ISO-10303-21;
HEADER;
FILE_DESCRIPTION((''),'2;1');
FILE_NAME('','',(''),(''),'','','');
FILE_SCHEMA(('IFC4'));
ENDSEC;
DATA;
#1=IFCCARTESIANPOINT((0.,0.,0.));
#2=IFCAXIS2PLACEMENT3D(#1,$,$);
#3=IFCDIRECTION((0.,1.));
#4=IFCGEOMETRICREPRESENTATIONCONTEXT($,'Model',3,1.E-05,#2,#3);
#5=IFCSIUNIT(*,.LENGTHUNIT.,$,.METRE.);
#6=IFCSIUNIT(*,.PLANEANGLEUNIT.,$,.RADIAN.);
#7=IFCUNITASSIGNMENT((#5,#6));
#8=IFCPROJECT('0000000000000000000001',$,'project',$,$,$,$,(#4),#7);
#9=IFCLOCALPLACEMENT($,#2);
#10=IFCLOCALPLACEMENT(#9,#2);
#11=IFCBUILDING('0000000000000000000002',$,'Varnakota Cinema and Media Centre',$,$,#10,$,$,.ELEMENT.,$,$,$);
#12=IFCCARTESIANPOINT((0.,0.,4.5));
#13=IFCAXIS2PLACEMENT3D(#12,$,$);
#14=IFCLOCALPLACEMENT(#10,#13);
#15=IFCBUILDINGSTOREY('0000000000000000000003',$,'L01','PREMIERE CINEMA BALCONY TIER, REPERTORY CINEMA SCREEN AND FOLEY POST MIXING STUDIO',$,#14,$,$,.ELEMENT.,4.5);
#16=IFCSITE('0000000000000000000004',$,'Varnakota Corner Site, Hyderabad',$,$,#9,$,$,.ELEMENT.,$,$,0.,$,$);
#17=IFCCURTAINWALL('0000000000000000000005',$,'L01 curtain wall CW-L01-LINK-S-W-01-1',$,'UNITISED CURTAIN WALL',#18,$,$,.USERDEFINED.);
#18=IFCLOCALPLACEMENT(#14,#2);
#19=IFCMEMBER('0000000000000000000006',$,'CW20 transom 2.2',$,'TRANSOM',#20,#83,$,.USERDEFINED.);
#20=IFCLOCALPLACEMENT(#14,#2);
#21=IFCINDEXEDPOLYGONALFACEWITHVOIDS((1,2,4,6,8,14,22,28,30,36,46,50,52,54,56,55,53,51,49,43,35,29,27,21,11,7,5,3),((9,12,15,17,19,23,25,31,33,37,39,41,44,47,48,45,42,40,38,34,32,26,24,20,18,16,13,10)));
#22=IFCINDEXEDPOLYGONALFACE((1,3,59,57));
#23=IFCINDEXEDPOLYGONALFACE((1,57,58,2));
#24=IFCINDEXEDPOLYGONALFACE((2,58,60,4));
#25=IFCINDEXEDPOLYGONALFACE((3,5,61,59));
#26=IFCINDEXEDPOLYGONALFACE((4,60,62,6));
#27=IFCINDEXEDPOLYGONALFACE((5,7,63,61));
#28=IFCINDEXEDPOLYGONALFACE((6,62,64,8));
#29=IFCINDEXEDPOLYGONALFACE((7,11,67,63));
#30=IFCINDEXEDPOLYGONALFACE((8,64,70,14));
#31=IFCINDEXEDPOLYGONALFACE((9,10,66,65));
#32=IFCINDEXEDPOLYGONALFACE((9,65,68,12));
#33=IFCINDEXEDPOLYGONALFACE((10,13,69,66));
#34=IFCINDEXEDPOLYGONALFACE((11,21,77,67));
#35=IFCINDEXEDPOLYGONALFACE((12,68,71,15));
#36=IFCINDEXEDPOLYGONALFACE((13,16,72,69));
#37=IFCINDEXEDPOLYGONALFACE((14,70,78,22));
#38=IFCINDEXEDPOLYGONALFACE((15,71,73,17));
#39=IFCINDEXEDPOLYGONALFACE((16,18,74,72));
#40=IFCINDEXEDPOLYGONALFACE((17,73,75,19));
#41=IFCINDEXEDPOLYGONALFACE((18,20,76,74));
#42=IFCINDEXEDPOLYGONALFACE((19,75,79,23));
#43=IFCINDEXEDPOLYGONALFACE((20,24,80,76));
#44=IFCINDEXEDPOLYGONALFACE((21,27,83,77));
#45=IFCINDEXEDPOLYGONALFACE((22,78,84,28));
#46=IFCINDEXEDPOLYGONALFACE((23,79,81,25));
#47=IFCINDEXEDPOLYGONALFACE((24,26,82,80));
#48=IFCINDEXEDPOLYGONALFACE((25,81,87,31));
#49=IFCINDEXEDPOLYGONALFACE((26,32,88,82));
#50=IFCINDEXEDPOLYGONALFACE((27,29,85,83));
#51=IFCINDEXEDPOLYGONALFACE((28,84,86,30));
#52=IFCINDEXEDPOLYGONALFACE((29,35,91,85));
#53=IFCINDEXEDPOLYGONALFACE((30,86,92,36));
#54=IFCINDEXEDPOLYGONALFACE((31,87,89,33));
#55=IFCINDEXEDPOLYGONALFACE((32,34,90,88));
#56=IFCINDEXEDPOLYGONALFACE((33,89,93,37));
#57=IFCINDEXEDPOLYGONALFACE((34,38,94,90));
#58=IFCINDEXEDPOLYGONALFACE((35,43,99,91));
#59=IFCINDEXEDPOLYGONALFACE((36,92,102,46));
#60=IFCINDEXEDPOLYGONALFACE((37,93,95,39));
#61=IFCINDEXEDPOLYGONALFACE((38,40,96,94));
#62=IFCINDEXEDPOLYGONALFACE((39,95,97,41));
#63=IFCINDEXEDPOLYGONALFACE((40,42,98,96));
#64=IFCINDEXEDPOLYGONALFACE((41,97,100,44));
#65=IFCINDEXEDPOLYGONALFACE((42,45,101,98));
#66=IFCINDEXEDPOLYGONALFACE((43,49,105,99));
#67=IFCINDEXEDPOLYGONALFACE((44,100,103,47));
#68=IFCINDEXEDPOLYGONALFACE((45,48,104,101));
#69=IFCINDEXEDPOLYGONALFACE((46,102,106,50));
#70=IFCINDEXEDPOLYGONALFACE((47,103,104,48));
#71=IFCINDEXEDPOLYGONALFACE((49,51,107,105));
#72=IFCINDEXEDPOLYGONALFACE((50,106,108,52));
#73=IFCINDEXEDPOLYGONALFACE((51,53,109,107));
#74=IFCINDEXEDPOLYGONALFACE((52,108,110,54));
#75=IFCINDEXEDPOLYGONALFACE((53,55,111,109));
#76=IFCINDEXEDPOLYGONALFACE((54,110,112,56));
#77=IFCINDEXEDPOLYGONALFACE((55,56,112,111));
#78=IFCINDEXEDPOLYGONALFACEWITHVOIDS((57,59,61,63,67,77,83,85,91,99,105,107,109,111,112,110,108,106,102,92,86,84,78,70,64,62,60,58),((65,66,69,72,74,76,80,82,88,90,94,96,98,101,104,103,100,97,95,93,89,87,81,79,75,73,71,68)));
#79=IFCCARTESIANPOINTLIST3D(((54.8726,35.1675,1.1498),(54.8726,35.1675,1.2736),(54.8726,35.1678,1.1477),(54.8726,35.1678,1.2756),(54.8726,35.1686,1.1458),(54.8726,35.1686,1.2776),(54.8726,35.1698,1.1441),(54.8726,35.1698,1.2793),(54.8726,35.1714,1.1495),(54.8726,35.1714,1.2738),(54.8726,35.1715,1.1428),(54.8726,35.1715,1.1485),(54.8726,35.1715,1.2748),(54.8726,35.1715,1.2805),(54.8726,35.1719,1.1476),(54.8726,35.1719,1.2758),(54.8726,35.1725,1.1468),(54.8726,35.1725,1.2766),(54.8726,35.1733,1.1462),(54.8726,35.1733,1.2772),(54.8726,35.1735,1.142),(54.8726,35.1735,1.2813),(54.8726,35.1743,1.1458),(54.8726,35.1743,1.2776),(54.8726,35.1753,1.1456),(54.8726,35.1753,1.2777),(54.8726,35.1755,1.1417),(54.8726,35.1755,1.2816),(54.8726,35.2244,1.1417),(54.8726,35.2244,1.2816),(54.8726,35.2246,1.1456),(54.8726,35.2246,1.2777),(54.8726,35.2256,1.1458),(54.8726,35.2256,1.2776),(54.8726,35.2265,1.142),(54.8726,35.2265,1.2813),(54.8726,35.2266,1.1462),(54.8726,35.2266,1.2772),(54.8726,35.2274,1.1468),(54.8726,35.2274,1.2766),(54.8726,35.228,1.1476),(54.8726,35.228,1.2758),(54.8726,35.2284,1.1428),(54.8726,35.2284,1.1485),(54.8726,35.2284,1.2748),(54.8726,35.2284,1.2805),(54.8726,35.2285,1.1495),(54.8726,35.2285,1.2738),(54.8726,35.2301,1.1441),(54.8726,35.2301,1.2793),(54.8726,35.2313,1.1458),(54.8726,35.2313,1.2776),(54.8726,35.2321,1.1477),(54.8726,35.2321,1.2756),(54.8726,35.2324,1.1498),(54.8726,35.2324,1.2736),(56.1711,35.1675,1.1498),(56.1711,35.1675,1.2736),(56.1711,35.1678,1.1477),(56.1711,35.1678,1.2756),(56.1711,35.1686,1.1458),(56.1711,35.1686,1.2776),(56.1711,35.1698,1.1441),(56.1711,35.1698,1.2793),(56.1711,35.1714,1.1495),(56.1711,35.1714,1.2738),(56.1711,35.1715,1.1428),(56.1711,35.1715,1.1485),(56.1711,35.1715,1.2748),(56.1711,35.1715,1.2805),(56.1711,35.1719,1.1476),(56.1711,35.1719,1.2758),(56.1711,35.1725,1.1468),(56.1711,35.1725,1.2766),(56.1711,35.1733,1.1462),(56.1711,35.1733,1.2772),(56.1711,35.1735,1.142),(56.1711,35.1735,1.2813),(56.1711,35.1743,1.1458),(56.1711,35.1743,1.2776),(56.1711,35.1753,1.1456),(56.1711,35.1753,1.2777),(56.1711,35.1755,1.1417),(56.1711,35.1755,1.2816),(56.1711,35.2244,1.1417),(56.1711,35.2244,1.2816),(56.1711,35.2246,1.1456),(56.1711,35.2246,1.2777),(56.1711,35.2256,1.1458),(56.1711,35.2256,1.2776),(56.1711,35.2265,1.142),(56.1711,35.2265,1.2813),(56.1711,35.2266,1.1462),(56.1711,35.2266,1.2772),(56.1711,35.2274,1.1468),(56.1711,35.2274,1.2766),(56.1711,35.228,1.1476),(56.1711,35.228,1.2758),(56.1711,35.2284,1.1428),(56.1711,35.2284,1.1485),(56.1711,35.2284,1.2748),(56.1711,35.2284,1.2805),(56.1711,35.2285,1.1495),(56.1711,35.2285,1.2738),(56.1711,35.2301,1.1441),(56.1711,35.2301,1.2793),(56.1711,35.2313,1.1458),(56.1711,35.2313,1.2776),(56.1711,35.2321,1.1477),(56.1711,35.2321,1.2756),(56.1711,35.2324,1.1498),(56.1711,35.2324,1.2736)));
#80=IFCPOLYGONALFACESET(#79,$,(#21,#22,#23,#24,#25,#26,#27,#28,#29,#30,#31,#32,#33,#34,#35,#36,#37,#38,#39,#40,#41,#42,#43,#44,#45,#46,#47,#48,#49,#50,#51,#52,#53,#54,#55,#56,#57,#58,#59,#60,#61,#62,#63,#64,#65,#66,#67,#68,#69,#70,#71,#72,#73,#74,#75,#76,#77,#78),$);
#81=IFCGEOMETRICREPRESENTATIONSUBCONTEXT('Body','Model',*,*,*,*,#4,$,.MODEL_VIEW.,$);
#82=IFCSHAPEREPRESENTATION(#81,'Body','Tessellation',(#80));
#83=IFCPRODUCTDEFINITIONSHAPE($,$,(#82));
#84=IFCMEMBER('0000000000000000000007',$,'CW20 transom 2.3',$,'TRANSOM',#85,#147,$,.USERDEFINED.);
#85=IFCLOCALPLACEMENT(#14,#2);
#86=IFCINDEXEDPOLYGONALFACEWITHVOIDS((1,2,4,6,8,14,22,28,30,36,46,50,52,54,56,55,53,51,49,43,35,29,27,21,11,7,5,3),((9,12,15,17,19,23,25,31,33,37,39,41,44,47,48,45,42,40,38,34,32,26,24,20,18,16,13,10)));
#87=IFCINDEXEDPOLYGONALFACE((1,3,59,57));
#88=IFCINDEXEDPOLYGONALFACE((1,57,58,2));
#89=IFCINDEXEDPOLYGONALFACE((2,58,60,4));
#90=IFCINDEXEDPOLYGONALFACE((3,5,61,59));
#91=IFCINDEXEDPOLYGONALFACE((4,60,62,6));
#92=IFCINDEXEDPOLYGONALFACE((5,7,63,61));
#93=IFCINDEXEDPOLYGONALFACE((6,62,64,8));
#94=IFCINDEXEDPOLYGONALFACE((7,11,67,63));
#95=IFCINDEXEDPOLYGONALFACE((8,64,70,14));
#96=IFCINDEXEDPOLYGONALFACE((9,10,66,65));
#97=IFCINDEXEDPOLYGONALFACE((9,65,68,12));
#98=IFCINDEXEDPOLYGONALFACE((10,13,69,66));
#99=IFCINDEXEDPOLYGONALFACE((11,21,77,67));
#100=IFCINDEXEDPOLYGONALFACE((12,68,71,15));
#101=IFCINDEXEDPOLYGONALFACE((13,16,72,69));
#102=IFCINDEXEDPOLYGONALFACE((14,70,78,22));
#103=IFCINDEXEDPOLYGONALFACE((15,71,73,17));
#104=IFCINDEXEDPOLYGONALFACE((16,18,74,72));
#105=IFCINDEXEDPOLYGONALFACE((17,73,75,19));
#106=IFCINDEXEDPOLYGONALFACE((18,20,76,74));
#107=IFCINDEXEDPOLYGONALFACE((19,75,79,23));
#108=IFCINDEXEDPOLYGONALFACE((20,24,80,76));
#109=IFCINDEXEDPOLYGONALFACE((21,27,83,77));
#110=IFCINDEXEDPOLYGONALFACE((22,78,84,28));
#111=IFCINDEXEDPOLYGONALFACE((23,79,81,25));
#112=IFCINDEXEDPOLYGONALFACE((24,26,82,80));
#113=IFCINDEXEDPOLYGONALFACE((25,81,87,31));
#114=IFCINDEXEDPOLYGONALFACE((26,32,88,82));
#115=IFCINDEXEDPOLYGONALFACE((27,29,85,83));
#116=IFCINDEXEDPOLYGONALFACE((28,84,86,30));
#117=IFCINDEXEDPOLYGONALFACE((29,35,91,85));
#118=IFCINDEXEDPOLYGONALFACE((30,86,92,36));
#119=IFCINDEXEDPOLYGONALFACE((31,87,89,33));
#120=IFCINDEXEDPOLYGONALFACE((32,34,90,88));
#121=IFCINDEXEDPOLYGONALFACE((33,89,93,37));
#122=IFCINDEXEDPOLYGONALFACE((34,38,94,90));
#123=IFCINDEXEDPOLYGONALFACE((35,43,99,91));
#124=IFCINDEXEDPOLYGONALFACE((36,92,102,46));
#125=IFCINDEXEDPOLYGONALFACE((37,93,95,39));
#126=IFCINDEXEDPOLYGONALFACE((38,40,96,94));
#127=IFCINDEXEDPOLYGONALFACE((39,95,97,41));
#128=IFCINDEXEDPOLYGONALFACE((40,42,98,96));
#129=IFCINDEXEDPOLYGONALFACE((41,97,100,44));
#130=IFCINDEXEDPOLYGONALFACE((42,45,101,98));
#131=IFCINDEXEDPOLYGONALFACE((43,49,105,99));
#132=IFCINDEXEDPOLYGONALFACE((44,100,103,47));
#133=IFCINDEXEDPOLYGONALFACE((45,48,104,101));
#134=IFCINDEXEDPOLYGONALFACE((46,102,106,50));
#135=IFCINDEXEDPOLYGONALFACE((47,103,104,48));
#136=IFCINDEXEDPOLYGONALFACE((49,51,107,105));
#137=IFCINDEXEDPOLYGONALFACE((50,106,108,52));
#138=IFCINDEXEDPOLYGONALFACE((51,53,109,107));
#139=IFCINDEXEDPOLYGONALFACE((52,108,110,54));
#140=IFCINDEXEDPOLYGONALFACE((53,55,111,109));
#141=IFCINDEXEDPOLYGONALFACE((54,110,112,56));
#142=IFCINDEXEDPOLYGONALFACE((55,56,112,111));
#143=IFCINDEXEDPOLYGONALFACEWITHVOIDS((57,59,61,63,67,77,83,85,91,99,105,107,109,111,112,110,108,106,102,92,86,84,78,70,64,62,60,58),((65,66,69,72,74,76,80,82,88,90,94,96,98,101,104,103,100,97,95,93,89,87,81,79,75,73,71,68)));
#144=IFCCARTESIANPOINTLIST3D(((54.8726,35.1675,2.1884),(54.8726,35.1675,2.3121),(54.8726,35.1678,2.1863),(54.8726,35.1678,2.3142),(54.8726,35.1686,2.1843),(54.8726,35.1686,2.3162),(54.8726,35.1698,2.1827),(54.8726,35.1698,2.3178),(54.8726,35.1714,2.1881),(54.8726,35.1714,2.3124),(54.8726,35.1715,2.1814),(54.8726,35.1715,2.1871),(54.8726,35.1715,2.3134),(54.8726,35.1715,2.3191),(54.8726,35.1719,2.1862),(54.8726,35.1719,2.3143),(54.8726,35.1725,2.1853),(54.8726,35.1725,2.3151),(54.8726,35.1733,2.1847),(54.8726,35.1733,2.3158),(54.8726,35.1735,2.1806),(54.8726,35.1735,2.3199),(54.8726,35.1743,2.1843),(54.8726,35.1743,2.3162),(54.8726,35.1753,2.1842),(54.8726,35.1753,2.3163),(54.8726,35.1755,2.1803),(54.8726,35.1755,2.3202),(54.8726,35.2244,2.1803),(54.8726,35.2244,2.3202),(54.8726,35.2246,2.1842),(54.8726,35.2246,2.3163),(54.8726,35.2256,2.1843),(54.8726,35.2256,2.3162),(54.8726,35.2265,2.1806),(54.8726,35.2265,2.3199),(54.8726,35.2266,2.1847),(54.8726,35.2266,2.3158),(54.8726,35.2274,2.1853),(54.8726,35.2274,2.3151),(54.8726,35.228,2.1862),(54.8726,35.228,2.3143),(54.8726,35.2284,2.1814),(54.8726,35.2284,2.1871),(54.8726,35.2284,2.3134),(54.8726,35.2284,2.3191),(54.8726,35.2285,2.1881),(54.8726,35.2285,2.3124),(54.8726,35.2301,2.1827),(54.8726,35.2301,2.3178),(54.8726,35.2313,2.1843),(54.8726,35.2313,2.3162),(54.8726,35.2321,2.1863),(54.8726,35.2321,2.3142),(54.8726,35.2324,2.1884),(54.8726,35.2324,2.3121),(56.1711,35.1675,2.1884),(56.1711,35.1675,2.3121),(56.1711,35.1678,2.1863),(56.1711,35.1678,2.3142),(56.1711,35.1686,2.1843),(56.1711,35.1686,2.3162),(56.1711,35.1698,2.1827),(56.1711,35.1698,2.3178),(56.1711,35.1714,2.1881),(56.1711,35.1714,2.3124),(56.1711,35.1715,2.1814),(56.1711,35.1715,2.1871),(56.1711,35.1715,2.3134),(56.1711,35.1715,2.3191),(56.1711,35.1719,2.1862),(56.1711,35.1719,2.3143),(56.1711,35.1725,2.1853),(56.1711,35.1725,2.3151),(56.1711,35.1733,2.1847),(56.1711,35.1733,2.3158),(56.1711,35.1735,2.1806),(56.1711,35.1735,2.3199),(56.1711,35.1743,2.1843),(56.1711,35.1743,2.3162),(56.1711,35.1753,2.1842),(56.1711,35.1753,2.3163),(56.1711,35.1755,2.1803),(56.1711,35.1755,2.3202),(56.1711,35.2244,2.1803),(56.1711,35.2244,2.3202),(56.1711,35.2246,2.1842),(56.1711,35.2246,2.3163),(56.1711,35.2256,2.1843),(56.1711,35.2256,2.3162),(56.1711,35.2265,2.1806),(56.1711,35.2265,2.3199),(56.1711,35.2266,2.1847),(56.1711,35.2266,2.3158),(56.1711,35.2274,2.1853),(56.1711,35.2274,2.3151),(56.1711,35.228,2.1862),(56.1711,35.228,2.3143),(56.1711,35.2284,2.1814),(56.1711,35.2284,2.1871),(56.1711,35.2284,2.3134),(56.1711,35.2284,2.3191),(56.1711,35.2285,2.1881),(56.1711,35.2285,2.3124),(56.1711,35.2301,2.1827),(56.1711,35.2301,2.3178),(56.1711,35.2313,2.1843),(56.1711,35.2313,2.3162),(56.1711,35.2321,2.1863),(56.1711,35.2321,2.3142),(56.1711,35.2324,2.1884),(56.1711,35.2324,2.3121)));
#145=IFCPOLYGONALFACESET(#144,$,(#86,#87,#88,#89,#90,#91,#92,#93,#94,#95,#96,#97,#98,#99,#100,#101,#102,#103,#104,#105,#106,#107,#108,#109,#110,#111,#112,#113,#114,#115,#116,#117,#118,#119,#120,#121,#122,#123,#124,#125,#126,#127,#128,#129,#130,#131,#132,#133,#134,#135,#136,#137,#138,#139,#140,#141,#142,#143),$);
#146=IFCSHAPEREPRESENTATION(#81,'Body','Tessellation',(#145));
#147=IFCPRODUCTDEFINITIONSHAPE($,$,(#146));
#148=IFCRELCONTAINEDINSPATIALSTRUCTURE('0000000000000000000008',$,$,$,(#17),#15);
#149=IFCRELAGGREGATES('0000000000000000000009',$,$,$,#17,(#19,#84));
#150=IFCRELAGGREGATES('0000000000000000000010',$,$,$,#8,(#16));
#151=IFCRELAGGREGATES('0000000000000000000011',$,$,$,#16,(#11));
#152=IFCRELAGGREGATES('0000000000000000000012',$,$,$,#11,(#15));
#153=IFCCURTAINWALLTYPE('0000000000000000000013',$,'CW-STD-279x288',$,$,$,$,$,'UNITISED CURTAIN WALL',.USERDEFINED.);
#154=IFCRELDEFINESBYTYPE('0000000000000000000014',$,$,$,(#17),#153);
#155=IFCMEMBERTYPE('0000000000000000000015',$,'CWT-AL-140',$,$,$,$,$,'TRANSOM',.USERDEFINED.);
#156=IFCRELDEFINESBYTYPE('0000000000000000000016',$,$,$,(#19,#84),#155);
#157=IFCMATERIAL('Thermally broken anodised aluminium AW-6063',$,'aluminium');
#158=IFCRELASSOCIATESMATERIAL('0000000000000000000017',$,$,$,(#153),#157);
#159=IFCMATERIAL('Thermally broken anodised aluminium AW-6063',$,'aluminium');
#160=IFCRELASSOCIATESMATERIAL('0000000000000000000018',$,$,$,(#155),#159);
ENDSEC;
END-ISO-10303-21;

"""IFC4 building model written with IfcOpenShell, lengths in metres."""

from ifc_helpers import new_model, si_unit, direction, frame, origin, origin_2d, place, context, subcontext, project, spatial, hollow_rectangle, extrude, material, material_profile, profile_set, type_object, element, aggregate, save


model = new_model("IFC4")

# Units and contexts
model_context = context("Model", 3, precision=1e-05, world=origin(), true_north=direction((0.0, 1.0)))
body_context = subcontext(model_context, "Body", "Model", "MODEL_VIEW")
ifc_project = project(units=[si_unit("LENGTHUNIT", "METRE"), si_unit("PLANEANGLEUNIT", "RADIAN")], contexts=[model_context])

# Site, building, storey
site_placement = place(None, origin())
site = spatial("IfcSite", under=ifc_project, at=site_placement, Name="Varnakota Corner Site, Hyderabad", CompositionType="ELEMENT", RefElevation=0.0)
building_placement = place(site_placement, origin())
building = spatial("IfcBuilding", under=site, at=building_placement, Name="Varnakota Cinema and Media Centre", CompositionType="ELEMENT")
storey_placement = place(building_placement, frame((0.0, 0.0, 4.5)))
storey = spatial("IfcBuildingStorey", under=building, at=storey_placement, Name="L01", Description="PREMIERE CINEMA BALCONY TIER, REPERTORY CINEMA SCREEN AND FOLEY POST MIXING STUDIO", CompositionType="ELEMENT", Elevation=4.5)

# Curtain wall
ifc_material_1 = material(Name="Thermally broken anodised aluminium AW-6063", Category="aluminium")
curtain_wall_type_1 = type_object("IfcCurtainWallType", Name="CW-STD-279x288", ElementType="UNITISED CURTAIN WALL", PredefinedType="USERDEFINED", material=ifc_material_1)
curtain_wall_1_placement = place(storey_placement, origin())
curtain_wall_1 = element("IfcCurtainWall", 1, at=curtain_wall_1_placement, inside=storey, type_object=curtain_wall_type_1, Name="L01 curtain wall CW-L01-LINK-S-W-01-1", ObjectType="UNITISED CURTAIN WALL", PredefinedType="USERDEFINED")

# Members
ifc_material_2 = material(Name="Thermally broken anodised aluminium AW-6063", Category="aluminium")
ifc_material_profile_1 = material_profile(ifc_material_2, hollow_rectangle(XDim=0.0649, YDim=0.1399, WallThickness=0.0039, InnerFilletRadius=0.0039, OuterFilletRadius=0.0081, at=origin_2d()), Name="AL-TRANSOM 140x65x4")
ifc_profile_set_1 = profile_set([ifc_material_profile_1], Name="Thermally broken anodised aluminium AW-6063")
member_type_1 = type_object("IfcMemberType", Name="CWT-AL-140", ElementType="TRANSOM", PredefinedType="USERDEFINED", material=ifc_profile_set_1)
member_1_placement = place(storey_placement, frame((56.1711, 35.2, 1.2117), z_axis=(-1.0, 0.0, 0.0), x_axis=(0.0, -1.0, 0.0)))
member_1 = element("IfcMember", 2, at=member_1_placement, type_object=member_type_1, Name="CW20 transom 2.2", ObjectType="TRANSOM", PredefinedType="USERDEFINED", context=body_context, shape_type="SweptSolid", body=[
    extrude(hollow_rectangle(XDim=0.0649, YDim=0.1399, WallThickness=0.0039, InnerFilletRadius=0.0039, OuterFilletRadius=0.0081, at=origin_2d()), origin(), (0.0, 0.0, 1.0), 1.2986),
])
member_2_placement = place(storey_placement, frame((56.1711, 35.2, 2.2502), z_axis=(-1.0, 0.0, 0.0), x_axis=(0.0, -1.0, 0.0)))
member_2 = element("IfcMember", 3, at=member_2_placement, type_object=member_type_1, Name="CW20 transom 2.3", ObjectType="TRANSOM", PredefinedType="USERDEFINED", context=body_context, shape_type="SweptSolid", body=[
    extrude(hollow_rectangle(XDim=0.0649, YDim=0.1399, WallThickness=0.0039, InnerFilletRadius=0.0039, OuterFilletRadius=0.0081, at=origin_2d()), origin(), (0.0, 0.0, 1.0), 1.2986),
])

aggregate(curtain_wall_1, [member_1, member_2])

save(model, "model.ifc")
